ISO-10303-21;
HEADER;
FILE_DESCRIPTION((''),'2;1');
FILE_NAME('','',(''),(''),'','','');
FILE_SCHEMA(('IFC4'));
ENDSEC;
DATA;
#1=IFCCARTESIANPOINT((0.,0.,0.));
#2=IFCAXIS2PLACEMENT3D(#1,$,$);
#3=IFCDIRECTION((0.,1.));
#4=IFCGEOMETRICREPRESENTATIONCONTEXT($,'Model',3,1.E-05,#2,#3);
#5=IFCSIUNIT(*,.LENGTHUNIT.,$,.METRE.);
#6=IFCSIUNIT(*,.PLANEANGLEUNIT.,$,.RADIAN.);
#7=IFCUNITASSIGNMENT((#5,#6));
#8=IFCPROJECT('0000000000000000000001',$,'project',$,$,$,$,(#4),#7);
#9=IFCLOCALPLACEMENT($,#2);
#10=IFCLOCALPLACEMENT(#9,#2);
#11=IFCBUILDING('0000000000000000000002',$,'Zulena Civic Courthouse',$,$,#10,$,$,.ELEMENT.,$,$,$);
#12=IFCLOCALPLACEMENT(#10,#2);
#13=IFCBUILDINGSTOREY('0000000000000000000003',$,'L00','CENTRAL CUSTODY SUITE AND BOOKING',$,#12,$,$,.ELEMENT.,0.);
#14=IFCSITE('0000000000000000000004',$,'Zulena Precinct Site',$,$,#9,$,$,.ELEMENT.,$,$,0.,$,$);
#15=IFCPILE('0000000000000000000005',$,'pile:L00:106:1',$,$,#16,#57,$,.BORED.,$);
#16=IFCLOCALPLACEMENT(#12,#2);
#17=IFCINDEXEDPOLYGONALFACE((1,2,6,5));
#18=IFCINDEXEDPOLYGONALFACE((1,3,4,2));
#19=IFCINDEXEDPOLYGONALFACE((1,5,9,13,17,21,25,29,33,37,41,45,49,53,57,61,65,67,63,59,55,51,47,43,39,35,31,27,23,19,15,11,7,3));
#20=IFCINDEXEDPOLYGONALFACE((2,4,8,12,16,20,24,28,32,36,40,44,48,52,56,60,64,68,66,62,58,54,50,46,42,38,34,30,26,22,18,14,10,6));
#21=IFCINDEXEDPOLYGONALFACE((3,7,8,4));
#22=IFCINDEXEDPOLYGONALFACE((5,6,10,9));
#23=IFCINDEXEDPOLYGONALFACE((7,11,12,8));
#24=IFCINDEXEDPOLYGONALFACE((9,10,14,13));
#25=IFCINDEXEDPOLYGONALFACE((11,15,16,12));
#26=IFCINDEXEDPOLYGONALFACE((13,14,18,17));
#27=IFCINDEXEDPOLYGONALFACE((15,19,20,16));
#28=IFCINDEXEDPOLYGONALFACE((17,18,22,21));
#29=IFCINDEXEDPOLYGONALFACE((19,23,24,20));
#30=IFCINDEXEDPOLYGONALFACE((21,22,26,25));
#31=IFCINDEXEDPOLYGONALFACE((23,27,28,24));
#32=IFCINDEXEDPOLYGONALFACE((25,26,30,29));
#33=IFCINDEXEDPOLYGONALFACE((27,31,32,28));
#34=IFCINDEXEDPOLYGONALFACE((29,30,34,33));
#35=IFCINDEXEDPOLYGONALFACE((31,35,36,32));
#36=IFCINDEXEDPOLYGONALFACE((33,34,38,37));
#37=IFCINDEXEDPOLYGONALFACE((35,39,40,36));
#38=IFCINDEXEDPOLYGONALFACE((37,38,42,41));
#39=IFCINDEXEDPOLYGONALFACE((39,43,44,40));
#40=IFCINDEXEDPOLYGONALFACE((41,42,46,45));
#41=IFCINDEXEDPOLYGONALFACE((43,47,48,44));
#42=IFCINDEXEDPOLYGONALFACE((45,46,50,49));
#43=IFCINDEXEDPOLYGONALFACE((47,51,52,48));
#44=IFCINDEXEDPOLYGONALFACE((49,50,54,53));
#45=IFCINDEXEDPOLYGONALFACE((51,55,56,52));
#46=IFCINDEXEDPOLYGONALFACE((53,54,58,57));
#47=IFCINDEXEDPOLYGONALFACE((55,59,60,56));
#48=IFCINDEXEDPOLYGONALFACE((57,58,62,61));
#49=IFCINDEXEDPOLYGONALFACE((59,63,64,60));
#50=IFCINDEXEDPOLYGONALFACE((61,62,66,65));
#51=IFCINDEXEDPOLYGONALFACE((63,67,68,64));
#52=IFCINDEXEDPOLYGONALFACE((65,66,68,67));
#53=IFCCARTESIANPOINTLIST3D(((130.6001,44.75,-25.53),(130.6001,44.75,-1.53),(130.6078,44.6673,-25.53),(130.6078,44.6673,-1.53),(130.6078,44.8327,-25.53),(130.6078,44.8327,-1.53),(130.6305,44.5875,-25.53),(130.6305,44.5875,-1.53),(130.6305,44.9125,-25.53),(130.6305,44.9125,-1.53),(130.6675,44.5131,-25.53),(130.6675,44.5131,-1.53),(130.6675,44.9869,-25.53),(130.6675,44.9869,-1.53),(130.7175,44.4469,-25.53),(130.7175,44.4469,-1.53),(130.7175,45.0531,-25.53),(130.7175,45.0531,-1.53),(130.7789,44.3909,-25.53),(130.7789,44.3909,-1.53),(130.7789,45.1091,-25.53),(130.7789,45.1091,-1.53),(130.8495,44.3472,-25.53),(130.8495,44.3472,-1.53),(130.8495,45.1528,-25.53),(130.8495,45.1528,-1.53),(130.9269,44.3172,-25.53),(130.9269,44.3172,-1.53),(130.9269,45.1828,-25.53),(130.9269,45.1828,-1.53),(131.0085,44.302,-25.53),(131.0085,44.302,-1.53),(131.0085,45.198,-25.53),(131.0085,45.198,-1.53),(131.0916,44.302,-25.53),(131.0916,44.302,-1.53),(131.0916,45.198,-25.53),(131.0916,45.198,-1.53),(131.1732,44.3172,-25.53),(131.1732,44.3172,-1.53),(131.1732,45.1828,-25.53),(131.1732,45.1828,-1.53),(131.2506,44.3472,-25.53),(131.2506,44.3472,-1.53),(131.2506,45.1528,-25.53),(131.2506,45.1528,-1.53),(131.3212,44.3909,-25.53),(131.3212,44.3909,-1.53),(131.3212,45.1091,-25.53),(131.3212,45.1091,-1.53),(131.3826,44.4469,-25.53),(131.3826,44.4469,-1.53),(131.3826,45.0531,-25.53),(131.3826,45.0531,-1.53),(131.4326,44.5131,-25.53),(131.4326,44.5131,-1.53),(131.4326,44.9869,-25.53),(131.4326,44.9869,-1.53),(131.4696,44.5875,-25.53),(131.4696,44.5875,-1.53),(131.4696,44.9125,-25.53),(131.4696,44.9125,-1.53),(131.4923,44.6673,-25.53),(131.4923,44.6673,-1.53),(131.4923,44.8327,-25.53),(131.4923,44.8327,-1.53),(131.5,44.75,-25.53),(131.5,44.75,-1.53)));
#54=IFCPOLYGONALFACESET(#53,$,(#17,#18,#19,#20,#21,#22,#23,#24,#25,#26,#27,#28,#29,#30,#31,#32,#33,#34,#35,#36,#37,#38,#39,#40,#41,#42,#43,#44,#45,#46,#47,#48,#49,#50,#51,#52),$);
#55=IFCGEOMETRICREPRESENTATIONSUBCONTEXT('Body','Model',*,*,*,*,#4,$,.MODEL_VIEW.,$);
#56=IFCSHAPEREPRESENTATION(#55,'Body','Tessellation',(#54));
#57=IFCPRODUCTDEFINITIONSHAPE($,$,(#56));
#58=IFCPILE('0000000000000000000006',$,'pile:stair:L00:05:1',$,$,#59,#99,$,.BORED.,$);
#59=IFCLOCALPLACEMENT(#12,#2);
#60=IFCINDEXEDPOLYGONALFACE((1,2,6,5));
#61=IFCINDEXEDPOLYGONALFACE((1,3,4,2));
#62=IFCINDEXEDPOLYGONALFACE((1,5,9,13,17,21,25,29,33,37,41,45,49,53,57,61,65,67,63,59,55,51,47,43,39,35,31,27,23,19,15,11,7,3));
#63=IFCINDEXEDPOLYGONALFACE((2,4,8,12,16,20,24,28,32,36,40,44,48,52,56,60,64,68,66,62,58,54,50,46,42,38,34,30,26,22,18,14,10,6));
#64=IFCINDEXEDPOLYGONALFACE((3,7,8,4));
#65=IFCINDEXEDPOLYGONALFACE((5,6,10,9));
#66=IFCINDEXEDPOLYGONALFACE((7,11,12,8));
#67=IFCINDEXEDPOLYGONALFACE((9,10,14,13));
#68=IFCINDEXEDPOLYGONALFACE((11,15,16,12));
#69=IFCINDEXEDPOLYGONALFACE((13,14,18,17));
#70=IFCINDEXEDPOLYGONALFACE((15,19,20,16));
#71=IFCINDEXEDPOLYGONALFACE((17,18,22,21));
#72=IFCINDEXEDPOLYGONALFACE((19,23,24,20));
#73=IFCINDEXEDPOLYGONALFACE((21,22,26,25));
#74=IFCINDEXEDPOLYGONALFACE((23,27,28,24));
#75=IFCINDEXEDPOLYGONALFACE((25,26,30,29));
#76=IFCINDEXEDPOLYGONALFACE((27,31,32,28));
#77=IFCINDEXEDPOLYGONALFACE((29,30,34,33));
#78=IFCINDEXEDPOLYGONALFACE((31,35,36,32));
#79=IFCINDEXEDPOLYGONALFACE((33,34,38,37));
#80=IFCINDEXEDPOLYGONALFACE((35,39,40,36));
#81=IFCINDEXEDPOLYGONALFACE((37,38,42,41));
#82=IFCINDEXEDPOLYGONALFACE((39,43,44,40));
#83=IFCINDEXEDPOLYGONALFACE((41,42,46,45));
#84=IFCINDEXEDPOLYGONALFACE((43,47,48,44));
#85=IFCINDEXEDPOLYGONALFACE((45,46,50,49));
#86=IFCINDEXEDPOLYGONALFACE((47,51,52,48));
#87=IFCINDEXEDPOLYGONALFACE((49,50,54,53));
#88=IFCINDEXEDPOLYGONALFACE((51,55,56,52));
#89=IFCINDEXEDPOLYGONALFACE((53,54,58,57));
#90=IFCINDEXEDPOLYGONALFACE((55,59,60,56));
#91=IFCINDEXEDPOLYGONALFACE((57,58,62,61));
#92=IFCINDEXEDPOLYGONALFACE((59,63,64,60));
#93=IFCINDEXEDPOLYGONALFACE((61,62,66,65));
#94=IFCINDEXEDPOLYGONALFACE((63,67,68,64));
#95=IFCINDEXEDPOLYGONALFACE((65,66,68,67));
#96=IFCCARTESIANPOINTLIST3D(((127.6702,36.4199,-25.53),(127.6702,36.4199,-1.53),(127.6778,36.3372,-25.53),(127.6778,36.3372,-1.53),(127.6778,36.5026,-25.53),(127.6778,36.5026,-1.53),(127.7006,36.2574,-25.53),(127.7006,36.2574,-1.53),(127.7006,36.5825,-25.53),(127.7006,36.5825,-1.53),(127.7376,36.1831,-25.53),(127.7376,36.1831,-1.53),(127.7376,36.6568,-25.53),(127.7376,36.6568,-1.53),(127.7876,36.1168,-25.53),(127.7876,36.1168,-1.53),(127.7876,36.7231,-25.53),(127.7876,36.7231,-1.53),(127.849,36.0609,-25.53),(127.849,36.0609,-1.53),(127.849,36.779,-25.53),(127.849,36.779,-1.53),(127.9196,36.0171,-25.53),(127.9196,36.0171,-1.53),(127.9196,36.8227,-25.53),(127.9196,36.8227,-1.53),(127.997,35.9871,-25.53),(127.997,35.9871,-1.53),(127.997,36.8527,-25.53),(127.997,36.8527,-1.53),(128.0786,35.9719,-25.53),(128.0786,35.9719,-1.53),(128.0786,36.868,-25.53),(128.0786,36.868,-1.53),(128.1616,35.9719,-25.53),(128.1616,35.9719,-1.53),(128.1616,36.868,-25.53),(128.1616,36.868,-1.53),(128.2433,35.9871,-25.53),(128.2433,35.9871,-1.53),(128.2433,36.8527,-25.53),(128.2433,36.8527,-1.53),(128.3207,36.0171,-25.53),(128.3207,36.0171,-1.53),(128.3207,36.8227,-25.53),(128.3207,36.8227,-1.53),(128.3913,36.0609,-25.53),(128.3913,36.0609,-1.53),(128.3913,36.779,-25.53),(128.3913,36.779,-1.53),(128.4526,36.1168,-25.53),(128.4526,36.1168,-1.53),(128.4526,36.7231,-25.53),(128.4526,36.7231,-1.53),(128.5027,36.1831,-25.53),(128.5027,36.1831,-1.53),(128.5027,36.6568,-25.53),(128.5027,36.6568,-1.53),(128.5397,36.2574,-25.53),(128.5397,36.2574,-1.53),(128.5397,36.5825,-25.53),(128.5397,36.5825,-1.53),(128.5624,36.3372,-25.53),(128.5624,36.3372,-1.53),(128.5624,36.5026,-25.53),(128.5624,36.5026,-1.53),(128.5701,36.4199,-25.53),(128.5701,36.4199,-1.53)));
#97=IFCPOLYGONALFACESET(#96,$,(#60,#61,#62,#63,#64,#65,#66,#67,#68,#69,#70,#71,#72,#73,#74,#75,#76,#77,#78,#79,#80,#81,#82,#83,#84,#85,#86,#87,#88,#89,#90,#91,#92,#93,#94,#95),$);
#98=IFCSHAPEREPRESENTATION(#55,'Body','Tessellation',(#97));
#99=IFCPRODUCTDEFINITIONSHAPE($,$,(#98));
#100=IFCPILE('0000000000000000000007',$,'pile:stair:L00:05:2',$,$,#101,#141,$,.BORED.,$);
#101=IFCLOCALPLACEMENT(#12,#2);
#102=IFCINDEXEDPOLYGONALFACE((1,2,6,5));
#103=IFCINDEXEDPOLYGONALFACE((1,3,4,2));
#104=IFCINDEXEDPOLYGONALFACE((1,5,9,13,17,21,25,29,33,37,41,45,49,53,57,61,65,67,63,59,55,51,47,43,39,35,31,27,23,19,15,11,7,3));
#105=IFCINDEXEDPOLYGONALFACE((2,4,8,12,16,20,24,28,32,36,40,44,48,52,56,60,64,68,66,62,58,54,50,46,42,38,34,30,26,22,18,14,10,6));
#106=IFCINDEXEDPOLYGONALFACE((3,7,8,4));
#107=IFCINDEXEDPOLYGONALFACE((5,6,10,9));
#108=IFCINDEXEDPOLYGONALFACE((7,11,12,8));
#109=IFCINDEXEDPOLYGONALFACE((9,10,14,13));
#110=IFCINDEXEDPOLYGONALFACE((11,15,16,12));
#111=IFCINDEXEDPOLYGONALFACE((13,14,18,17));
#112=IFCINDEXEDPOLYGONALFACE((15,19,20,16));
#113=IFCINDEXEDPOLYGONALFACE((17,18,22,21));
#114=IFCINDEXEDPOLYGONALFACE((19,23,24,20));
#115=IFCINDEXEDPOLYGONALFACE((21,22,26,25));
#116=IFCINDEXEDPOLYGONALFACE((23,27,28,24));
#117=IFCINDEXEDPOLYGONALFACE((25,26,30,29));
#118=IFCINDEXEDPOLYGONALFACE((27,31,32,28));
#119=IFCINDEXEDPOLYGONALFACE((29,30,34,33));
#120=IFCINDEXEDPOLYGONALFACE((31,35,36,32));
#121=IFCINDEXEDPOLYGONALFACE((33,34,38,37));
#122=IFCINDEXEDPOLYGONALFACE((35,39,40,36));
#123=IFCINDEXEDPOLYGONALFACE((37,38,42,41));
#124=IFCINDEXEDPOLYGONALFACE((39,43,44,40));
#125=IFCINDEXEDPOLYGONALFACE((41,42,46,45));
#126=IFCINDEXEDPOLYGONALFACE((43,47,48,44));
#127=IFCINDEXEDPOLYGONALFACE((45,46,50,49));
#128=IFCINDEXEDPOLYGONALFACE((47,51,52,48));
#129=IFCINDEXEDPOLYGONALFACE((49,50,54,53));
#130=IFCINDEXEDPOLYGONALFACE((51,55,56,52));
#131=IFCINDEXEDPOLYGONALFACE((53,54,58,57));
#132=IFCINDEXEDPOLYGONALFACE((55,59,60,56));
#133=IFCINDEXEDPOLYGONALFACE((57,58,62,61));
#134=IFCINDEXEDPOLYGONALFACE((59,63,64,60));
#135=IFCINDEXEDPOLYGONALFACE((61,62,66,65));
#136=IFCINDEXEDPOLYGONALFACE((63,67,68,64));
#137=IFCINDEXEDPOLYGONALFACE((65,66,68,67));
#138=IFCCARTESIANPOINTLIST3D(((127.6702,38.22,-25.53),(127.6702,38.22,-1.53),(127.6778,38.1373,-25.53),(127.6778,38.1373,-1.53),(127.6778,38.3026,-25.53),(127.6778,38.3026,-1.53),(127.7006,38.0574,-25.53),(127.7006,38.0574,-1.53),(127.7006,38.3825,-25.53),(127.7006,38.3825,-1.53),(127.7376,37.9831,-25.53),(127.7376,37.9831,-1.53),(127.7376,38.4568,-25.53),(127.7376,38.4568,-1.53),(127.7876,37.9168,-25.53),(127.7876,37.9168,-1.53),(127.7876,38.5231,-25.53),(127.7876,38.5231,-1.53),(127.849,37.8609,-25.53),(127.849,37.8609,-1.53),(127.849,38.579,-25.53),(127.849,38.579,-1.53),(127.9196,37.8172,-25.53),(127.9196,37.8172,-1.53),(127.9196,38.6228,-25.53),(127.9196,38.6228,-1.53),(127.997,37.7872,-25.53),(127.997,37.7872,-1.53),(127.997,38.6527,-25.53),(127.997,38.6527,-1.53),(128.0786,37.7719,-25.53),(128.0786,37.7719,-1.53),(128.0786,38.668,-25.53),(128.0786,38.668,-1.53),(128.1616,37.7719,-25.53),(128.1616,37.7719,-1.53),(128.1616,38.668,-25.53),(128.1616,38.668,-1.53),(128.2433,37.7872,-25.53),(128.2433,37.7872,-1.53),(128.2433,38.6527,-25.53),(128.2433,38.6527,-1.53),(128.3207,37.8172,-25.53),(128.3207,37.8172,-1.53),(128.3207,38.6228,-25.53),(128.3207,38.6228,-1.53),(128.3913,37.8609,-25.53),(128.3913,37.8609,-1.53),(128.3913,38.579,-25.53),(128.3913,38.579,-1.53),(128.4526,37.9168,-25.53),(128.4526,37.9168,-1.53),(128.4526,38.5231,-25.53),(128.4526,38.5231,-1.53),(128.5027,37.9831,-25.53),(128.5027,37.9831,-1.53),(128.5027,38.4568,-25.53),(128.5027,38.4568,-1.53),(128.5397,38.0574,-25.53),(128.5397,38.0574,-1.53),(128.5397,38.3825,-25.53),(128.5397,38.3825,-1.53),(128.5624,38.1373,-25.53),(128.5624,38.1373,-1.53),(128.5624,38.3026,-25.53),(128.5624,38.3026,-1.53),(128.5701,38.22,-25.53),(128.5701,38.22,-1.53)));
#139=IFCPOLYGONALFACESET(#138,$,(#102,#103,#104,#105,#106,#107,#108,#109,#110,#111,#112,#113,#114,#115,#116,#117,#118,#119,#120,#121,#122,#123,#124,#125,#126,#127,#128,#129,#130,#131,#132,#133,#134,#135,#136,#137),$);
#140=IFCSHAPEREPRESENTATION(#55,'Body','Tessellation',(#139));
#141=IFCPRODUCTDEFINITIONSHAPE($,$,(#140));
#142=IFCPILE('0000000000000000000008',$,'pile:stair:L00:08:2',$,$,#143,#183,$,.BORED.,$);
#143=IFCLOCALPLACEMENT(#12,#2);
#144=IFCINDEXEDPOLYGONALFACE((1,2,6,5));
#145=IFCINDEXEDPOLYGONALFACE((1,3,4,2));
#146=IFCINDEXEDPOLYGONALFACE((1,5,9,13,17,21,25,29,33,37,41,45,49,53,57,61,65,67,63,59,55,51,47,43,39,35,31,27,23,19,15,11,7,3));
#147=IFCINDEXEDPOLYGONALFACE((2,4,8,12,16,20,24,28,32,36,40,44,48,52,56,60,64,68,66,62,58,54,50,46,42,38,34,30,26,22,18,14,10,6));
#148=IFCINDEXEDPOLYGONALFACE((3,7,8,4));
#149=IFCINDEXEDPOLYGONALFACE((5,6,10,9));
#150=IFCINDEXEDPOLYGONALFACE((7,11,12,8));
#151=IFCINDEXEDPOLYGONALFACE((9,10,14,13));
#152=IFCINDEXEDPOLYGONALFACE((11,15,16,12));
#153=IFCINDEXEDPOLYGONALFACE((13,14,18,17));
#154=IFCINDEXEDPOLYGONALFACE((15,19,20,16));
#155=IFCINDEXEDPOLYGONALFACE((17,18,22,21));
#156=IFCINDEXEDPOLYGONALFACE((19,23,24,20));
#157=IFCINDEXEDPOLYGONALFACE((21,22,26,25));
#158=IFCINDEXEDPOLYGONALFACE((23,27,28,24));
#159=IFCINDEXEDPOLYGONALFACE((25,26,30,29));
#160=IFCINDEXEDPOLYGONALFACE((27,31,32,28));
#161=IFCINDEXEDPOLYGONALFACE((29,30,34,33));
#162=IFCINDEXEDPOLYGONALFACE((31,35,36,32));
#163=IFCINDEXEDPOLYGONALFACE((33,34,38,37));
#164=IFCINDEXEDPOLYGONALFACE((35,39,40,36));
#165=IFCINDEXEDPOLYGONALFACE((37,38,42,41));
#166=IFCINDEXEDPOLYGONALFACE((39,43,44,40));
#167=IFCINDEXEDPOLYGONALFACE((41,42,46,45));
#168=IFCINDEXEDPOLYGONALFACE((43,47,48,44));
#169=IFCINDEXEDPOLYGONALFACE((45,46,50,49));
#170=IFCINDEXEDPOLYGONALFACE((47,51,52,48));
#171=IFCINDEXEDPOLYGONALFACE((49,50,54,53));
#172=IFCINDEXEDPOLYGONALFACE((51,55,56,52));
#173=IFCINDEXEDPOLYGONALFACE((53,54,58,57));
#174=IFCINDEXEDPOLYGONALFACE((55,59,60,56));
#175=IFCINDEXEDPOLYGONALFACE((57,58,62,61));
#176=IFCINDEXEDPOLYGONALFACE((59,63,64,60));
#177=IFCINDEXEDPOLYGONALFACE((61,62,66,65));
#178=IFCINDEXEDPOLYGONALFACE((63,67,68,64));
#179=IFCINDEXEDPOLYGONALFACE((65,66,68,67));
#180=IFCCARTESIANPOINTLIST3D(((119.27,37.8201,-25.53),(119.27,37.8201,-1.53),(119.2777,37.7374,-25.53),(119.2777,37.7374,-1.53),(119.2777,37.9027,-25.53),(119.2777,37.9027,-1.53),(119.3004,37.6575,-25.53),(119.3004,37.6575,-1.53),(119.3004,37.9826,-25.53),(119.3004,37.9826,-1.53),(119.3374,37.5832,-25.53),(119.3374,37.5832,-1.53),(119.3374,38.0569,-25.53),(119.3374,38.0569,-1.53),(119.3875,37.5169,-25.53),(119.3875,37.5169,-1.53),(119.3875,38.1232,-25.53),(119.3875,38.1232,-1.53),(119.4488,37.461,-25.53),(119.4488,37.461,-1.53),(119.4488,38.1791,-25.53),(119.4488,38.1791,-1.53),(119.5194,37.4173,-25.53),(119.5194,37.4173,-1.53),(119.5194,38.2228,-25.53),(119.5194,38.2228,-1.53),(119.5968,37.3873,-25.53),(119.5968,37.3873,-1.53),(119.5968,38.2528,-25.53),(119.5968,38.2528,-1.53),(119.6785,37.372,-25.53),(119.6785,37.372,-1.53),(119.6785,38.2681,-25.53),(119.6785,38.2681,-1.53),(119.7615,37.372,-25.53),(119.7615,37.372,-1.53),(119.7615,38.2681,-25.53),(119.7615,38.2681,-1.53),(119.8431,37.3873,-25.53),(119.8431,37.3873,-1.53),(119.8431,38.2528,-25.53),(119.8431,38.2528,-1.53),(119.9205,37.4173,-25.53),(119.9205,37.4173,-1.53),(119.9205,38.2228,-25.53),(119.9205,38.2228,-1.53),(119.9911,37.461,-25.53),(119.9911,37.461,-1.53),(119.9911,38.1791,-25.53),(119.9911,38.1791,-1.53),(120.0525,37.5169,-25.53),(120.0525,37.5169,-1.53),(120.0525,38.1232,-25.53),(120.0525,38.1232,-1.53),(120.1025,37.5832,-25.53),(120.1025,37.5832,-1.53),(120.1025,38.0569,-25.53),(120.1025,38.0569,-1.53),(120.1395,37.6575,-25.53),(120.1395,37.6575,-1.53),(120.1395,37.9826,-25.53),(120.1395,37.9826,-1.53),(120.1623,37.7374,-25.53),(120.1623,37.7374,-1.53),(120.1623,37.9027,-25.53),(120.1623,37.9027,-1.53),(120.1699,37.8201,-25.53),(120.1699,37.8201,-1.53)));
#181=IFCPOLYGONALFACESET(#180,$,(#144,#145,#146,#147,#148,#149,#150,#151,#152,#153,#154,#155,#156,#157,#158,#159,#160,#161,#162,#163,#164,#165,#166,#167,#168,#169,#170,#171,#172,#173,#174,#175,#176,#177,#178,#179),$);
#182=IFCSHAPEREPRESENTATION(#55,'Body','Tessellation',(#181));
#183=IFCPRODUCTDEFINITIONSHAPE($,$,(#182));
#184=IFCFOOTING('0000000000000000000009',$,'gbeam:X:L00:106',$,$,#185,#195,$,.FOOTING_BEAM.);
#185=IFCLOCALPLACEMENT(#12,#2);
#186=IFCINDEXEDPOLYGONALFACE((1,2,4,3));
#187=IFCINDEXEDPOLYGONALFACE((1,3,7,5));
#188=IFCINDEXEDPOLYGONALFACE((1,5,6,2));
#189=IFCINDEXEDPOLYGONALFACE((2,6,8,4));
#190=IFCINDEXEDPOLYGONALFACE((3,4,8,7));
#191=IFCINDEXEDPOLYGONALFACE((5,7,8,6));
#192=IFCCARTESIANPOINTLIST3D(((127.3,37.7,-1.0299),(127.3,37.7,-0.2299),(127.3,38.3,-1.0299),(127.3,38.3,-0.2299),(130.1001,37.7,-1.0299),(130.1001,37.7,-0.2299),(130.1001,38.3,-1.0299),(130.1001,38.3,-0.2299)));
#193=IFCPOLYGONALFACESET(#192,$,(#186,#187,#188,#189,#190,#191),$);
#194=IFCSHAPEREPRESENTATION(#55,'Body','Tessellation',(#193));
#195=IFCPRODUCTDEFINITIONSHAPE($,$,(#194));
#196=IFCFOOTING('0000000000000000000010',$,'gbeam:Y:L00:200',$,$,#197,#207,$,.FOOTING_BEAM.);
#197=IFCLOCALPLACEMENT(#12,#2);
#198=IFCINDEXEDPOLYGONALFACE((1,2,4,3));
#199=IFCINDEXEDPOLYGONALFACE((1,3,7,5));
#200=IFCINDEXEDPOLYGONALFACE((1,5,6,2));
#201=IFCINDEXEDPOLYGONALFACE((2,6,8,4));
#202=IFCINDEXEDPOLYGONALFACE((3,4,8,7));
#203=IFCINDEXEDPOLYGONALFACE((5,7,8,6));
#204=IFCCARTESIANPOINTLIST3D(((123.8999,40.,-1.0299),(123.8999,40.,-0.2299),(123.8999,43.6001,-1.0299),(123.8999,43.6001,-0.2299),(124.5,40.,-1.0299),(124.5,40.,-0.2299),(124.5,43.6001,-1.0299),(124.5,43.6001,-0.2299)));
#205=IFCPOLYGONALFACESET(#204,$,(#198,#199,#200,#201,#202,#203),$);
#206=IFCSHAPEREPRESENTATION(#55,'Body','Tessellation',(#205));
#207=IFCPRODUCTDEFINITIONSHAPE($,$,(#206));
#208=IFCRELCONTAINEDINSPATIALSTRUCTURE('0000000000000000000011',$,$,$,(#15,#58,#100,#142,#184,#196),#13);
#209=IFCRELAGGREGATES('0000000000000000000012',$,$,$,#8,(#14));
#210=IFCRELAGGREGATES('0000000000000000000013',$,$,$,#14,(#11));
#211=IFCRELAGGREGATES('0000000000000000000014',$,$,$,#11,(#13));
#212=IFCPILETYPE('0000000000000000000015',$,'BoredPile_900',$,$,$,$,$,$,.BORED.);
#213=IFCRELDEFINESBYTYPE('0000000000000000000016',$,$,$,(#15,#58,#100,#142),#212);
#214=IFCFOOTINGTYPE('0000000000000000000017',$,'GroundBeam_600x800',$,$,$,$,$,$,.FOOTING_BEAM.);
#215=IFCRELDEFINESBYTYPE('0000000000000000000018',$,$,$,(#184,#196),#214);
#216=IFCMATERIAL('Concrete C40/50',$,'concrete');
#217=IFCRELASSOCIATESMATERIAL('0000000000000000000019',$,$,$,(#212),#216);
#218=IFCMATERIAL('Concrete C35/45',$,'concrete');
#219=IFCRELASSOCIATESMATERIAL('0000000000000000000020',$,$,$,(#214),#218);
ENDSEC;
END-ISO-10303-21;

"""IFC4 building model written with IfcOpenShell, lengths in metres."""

from ifc_helpers import new_model, si_unit, direction, frame, origin, origin_2d, place, context, subcontext, project, spatial, rectangle, circle, extrude, material, material_profile, profile_set, type_object, element, save


model = new_model("IFC4")

# Units and contexts
model_context = context("Model", 3, precision=1e-05, world=origin(), true_north=direction((0.0, 1.0)))
body_context = subcontext(model_context, "Body", "Model", "MODEL_VIEW")
ifc_project = project(units=[si_unit("LENGTHUNIT", "METRE"), si_unit("PLANEANGLEUNIT", "RADIAN")], contexts=[model_context])

# Site, building, storey
site_placement = place(None, origin())
site = spatial("IfcSite", under=ifc_project, at=site_placement, Name="Zulena Precinct Site", CompositionType="ELEMENT", RefElevation=0.0)
building_placement = place(site_placement, origin())
building = spatial("IfcBuilding", under=site, at=building_placement, Name="Zulena Civic Courthouse", CompositionType="ELEMENT")
storey_placement = place(building_placement, origin())
storey = spatial("IfcBuildingStorey", under=building, at=storey_placement, Name="L00", Description="CENTRAL CUSTODY SUITE AND BOOKING", CompositionType="ELEMENT", Elevation=0.0)

# Piles
ifc_material_1 = material(Name="Concrete C40/50", Category="concrete")
ifc_material_profile_1 = material_profile(ifc_material_1, circle(Radius=0.45, at=origin_2d()), Name="PILE900")
ifc_profile_set_1 = profile_set([ifc_material_profile_1], Name="Concrete C40/50")
pile_type_1 = type_object("IfcPileType", Name="BoredPile_900", PredefinedType="BORED", material=ifc_profile_set_1)
for number, where, z_axis, x_axis, name in (
    (1, (131.05, 44.75, -1.53), (0.0, 0.0, -1.0), (1.0, 0.0, 0.0), "pile:L00:106:1"),
    (2, (128.1201, 36.4199, -1.53), (0.0, 0.0, -1.0), (1.0, 0.0, 0.0), "pile:stair:L00:05:1"),
    (3, (128.1201, 38.22, -1.53), (0.0, 0.0, -1.0), (1.0, 0.0, 0.0), "pile:stair:L00:05:2"),
    (4, (119.72, 37.8201, -1.53), (0.0, 0.0, -1.0), (1.0, 0.0, 0.0), "pile:stair:L00:08:2"),
):
    element("IfcPile", number, at=place(storey_placement, frame(where, z_axis=z_axis, x_axis=x_axis)), inside=storey, type_object=pile_type_1, Name=name, PredefinedType="BORED", context=body_context, shape_type="SweptSolid", body=[
        extrude(circle(Radius=0.45, at=origin_2d()), origin(), (0.0, 0.0, 1.0), 24.0),
    ])

# Footings
ifc_material_2 = material(Name="Concrete C35/45", Category="concrete")
ifc_material_profile_2 = material_profile(ifc_material_2, rectangle(XDim=0.6001, YDim=0.8, at=origin_2d()), Name="RC600X800")
ifc_profile_set_2 = profile_set([ifc_material_profile_2], Name="Concrete C35/45")
footing_type_1 = type_object("IfcFootingType", Name="GroundBeam_600x800", PredefinedType="FOOTING_BEAM", material=ifc_profile_set_2)
footing_1_placement = place(storey_placement, frame((127.3, 38.0, -0.6299), z_axis=(1.0, 0.0, 0.0), x_axis=(0.0, 1.0, 0.0)))
element("IfcFooting", 5, at=footing_1_placement, inside=storey, type_object=footing_type_1, Name="gbeam:X:L00:106", PredefinedType="FOOTING_BEAM", context=body_context, shape_type="SweptSolid", body=[
    extrude(rectangle(XDim=0.6001, YDim=0.8, at=origin_2d()), origin(), (0.0, 0.0, 1.0), 2.8),
])
footing_2_placement = place(storey_placement, frame((124.2, 40.0, -0.6299), z_axis=(0.0, 1.0, 0.0), x_axis=(-1.0, 0.0, 0.0)))
element("IfcFooting", 6, at=footing_2_placement, inside=storey, type_object=footing_type_1, Name="gbeam:Y:L00:200", PredefinedType="FOOTING_BEAM", context=body_context, shape_type="SweptSolid", body=[
    extrude(rectangle(XDim=0.6001, YDim=0.8, at=origin_2d()), origin(), (0.0, 0.0, 1.0), 3.6001),
])

save(model, "model.ifc")
